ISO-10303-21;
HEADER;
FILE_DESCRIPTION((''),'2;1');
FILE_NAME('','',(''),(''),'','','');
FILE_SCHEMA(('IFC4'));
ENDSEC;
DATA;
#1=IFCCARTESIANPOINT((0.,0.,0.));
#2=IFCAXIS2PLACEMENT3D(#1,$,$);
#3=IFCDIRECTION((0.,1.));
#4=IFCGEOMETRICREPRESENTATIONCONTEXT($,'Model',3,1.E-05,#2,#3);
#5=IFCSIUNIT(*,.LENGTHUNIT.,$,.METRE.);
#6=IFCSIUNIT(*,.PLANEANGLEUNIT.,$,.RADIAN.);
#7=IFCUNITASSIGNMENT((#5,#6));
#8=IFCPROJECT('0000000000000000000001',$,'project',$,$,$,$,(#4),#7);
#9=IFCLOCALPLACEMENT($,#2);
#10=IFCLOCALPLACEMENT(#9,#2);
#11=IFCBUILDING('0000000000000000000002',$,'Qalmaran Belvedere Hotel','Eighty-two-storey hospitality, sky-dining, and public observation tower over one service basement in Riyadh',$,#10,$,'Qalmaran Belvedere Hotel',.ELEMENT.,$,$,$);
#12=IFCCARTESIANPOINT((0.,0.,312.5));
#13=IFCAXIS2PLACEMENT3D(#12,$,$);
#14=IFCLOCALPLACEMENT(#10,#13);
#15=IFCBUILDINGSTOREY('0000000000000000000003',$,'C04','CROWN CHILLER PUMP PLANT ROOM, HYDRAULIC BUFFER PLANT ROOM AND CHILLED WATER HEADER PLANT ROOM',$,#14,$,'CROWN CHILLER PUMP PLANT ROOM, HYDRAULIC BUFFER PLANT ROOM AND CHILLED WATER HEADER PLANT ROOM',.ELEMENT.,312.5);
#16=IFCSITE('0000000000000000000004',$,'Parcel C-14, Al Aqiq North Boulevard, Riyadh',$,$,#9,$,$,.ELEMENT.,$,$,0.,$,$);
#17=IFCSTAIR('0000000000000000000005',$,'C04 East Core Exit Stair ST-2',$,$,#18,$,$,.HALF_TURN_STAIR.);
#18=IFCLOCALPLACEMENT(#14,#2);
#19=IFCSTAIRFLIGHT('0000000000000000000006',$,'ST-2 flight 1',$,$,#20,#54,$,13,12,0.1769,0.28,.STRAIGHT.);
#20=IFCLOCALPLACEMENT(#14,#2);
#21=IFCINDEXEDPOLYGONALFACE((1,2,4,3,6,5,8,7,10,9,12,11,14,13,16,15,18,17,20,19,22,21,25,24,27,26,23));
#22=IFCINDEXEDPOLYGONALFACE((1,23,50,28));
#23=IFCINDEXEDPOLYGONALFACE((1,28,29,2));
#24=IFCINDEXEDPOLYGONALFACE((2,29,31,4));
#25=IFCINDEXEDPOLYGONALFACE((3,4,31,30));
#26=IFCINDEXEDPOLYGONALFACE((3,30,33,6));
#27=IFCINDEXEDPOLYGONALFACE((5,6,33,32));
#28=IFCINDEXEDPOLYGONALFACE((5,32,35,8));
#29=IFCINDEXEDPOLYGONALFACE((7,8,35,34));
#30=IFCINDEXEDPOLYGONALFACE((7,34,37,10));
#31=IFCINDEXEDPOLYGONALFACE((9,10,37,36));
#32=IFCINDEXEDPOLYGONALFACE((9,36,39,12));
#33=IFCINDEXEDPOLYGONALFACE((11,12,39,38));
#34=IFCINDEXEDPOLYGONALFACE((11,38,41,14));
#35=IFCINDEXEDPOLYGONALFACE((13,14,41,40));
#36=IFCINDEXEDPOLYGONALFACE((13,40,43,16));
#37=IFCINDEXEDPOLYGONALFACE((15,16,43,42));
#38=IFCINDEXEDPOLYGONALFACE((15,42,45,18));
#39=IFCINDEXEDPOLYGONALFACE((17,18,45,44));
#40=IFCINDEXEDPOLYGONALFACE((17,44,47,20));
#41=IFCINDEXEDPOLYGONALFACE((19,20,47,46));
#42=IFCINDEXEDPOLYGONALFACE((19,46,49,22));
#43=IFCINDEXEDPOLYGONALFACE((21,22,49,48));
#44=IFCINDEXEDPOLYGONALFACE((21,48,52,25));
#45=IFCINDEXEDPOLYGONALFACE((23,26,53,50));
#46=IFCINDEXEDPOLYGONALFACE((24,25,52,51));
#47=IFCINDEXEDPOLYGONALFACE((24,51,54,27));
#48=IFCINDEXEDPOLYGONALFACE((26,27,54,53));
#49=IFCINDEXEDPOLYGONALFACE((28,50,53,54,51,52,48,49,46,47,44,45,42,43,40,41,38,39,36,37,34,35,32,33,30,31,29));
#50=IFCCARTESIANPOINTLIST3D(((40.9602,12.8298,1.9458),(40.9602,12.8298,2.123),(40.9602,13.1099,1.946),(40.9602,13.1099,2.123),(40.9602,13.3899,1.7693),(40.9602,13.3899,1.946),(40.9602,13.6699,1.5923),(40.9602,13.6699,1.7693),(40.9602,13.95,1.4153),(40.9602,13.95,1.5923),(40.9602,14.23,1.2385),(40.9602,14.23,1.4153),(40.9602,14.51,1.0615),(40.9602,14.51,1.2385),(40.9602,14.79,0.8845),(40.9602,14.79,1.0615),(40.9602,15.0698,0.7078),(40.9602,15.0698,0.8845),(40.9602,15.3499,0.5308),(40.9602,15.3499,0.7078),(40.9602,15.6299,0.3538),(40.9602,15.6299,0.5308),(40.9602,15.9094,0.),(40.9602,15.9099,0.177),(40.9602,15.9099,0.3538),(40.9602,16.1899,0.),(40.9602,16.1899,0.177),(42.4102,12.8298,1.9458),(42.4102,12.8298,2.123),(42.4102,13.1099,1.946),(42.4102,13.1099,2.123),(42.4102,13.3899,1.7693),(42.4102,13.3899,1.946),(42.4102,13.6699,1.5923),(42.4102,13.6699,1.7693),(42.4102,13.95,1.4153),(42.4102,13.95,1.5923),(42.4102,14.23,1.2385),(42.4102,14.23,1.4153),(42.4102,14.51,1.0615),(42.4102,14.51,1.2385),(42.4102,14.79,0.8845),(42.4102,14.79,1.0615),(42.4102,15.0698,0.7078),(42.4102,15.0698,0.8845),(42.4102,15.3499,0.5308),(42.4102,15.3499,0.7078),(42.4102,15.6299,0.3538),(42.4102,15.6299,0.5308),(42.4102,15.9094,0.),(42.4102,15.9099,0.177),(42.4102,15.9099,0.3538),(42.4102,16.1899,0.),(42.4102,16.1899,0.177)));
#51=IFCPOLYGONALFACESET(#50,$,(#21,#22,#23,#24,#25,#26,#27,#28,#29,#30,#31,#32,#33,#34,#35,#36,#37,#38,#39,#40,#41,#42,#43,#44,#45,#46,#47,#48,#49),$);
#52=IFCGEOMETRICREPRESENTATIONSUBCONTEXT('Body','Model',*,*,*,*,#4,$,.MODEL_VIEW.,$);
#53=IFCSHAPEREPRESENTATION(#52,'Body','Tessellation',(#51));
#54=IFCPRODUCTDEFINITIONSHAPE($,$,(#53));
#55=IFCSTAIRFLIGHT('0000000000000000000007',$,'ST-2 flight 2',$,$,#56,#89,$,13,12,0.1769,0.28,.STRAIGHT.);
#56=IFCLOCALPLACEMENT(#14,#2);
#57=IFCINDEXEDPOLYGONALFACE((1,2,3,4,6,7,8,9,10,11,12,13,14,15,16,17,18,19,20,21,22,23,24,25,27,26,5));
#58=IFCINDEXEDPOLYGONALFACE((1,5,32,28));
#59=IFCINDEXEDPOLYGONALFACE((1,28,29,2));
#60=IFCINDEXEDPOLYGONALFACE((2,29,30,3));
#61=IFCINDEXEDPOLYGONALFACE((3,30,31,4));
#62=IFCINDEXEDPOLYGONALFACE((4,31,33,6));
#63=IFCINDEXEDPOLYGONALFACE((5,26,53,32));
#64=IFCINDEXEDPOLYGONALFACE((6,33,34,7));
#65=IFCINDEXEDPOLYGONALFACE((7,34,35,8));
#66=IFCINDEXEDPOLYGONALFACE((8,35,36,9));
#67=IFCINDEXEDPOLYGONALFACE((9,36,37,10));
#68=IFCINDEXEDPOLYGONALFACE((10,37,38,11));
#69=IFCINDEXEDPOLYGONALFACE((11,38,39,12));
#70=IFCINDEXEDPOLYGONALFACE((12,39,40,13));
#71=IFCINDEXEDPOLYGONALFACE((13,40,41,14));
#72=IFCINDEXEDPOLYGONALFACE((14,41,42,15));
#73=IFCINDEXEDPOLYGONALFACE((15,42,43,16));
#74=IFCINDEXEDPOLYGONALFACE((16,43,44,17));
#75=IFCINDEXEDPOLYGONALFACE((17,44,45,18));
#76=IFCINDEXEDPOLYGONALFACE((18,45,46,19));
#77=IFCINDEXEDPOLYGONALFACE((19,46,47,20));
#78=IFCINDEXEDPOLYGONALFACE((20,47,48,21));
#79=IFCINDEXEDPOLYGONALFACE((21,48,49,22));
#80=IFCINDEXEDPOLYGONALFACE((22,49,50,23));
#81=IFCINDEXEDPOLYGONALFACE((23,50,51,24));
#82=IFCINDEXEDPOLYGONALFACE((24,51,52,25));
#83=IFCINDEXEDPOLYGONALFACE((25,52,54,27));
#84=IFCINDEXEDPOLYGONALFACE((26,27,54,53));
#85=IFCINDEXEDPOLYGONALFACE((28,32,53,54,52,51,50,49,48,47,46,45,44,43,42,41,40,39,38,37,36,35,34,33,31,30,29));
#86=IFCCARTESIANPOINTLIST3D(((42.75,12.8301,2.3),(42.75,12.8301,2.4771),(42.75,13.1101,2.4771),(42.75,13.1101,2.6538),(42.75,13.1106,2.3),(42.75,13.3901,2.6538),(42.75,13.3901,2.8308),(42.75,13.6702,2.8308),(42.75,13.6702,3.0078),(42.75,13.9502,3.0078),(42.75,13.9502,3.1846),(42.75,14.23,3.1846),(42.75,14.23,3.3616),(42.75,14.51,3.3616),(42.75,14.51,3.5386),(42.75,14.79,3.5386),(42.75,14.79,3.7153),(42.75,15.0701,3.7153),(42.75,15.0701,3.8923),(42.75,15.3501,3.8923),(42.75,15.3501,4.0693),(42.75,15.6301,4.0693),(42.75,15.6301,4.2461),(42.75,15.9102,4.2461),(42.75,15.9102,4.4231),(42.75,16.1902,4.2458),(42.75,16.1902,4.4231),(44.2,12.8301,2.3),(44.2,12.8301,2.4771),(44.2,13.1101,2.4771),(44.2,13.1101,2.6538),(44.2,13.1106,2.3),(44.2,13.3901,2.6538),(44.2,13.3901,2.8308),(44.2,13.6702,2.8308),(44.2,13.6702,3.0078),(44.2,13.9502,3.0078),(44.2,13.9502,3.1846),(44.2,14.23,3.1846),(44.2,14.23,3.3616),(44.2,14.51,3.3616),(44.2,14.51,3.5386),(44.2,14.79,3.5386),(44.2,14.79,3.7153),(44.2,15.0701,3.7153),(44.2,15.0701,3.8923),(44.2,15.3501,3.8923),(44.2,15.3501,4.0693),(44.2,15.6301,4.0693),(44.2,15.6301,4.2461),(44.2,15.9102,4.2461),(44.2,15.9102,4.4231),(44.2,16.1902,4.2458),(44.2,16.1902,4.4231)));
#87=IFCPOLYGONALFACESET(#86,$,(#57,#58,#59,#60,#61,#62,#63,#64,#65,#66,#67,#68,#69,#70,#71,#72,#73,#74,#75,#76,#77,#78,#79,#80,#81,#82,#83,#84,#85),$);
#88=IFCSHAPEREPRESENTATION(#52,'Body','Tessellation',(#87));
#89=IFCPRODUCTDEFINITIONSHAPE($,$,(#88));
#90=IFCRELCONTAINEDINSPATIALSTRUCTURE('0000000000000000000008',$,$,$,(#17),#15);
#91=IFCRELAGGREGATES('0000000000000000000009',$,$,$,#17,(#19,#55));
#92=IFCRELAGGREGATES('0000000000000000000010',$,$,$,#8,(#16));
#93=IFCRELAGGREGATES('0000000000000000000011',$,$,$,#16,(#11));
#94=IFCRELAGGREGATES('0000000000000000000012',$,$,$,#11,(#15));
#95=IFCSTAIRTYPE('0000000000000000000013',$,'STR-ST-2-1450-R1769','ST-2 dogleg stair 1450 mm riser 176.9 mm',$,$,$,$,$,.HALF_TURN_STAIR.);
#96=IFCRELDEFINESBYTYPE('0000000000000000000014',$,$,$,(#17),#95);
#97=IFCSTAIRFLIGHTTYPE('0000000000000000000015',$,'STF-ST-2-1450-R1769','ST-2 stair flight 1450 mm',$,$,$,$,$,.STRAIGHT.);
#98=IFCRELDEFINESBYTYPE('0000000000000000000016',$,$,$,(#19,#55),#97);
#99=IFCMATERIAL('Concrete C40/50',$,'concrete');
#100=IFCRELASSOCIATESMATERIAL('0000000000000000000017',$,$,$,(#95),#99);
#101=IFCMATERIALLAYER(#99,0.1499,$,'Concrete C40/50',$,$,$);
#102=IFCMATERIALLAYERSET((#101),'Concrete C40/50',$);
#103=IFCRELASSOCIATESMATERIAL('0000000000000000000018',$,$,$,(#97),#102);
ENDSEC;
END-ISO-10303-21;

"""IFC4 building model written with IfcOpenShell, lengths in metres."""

from ifc_helpers import new_model, si_unit, direction, frame, origin, place, context, subcontext, project, spatial, polyline, outline, extrude, material, layer, layer_set, type_object, element, aggregate, save


model = new_model("IFC4")

# Units and contexts
model_context = context("Model", 3, precision=1e-05, world=origin(), true_north=direction((0.0, 1.0)))
body_context = subcontext(model_context, "Body", "Model", "MODEL_VIEW")
ifc_project = project(units=[si_unit("LENGTHUNIT", "METRE"), si_unit("PLANEANGLEUNIT", "RADIAN")], contexts=[model_context])

# Site, building, storey
site_placement = place(None, origin())
site = spatial("IfcSite", under=ifc_project, at=site_placement, Name="Parcel C-14, Al Aqiq North Boulevard, Riyadh", CompositionType="ELEMENT", RefElevation=0.0)
building_placement = place(site_placement, origin())
building = spatial("IfcBuilding", under=site, at=building_placement, Name="Qalmaran Belvedere Hotel", Description="Eighty-two-storey hospitality, sky-dining, and public observation tower over one service basement in Riyadh", LongName="Qalmaran Belvedere Hotel", CompositionType="ELEMENT")
storey_placement = place(building_placement, frame((0.0, 0.0, 312.5)))
storey = spatial("IfcBuildingStorey", under=building, at=storey_placement, Name="C04", Description="CROWN CHILLER PUMP PLANT ROOM, HYDRAULIC BUFFER PLANT ROOM AND CHILLED WATER HEADER PLANT ROOM", LongName="CROWN CHILLER PUMP PLANT ROOM, HYDRAULIC BUFFER PLANT ROOM AND CHILLED WATER HEADER PLANT ROOM", CompositionType="ELEMENT", Elevation=312.5)

# Stair, stair flights
ifc_material_1 = material(Name="Concrete C40/50", Category="concrete")
stair_type = type_object("IfcStairType", Name="STR-ST-2-1450-R1769", Description="ST-2 dogleg stair 1450 mm riser 176.9 mm", PredefinedType="HALF_TURN_STAIR", material=ifc_material_1)
stair_placement = place(storey_placement, origin())
stair = element("IfcStair", 1, at=stair_placement, inside=storey, type_object=stair_type, Name="C04 East Core Exit Stair ST-2", PredefinedType="HALF_TURN_STAIR")
ifc_layer_1 = layer(ifc_material_1, 0.1499, Name="Concrete C40/50")
ifc_layer_set_1 = layer_set([ifc_layer_1], Name="Concrete C40/50")
stair_flight_type = type_object("IfcStairFlightType", Name="STF-ST-2-1450-R1769", Description="ST-2 stair flight 1450 mm", PredefinedType="STRAIGHT", material=ifc_layer_set_1)
stair_flight_1_placement = place(storey_placement, frame((41.6851, 16.1899, 0.0), z_axis=(0.0, 0.0, 1.0), x_axis=(0.0, -1.0, 0.0)))
stair_flight_1 = element("IfcStairFlight", 2, at=stair_flight_1_placement, type_object=stair_flight_type, Name="ST-2 flight 1", NumberOfRisers=13, NumberOfTreads=12, PredefinedType="STRAIGHT", RiserHeight=0.1769, TreadLength=0.28, context=body_context, shape_type="SweptSolid", body=[
    extrude(outline(polyline([(0.0, 0.0), (0.0, 0.177), (0.28, 0.177), (0.28, 0.3538), (0.5601, 0.3538), (0.5601, 0.5308), (0.8401, 0.5308), (0.8401, 0.7078), (1.1201, 0.7078), (1.1201, 0.8845), (1.3999, 0.8845), (1.3999, 1.0615), (1.6799, 1.0615), (1.6799, 1.2385), (1.96, 1.2385), (1.96, 1.4153), (2.24, 1.4153), (2.24, 1.5923), (2.52, 1.5923), (2.52, 1.7693), (2.8, 1.7693), (2.8, 1.946), (3.0801, 1.946), (3.0801, 2.123), (3.3601, 2.123), (3.3601, 2.3), (3.3601, 1.9458), (0.2805, 0.0), (0.0, 0.0)])), frame((0.0, 0.7251, 0.0), z_axis=(0.0, -1.0, 0.0), x_axis=(1.0, 0.0, 0.0)), (0.0, 0.0, 1.0), 1.45),
])
stair_flight_2_placement = place(storey_placement, frame((43.4751, 12.8301, 2.3), z_axis=(0.0, 0.0, 1.0), x_axis=(0.0, 1.0, 0.0)))
stair_flight_2 = element("IfcStairFlight", 3, at=stair_flight_2_placement, type_object=stair_flight_type, Name="ST-2 flight 2", NumberOfRisers=13, NumberOfTreads=12, PredefinedType="STRAIGHT", RiserHeight=0.1769, TreadLength=0.28, context=body_context, shape_type="SweptSolid", body=[
    extrude(outline(polyline([(0.0, 0.0), (0.0, 0.177), (0.28, 0.177), (0.28, 0.3538), (0.5601, 0.3538), (0.5601, 0.5308), (0.8401, 0.5308), (0.8401, 0.7078), (1.1201, 0.7078), (1.1201, 0.8845), (1.3999, 0.8845), (1.3999, 1.0615), (1.6799, 1.0615), (1.6799, 1.2385), (1.96, 1.2385), (1.96, 1.4153), (2.24, 1.4153), (2.24, 1.5923), (2.52, 1.5923), (2.52, 1.7693), (2.8, 1.7693), (2.8, 1.946), (3.0801, 1.946), (3.0801, 2.123), (3.3601, 2.123), (3.3601, 2.3), (3.3601, 1.9458), (0.2805, 0.0), (0.0, 0.0)])), frame((0.0, 0.7251, 0.0), z_axis=(0.0, -1.0, 0.0), x_axis=(1.0, 0.0, 0.0)), (0.0, 0.0, 1.0), 1.45),
])
aggregate(stair, [stair_flight_1, stair_flight_2])

save(model, "model.ifc")
